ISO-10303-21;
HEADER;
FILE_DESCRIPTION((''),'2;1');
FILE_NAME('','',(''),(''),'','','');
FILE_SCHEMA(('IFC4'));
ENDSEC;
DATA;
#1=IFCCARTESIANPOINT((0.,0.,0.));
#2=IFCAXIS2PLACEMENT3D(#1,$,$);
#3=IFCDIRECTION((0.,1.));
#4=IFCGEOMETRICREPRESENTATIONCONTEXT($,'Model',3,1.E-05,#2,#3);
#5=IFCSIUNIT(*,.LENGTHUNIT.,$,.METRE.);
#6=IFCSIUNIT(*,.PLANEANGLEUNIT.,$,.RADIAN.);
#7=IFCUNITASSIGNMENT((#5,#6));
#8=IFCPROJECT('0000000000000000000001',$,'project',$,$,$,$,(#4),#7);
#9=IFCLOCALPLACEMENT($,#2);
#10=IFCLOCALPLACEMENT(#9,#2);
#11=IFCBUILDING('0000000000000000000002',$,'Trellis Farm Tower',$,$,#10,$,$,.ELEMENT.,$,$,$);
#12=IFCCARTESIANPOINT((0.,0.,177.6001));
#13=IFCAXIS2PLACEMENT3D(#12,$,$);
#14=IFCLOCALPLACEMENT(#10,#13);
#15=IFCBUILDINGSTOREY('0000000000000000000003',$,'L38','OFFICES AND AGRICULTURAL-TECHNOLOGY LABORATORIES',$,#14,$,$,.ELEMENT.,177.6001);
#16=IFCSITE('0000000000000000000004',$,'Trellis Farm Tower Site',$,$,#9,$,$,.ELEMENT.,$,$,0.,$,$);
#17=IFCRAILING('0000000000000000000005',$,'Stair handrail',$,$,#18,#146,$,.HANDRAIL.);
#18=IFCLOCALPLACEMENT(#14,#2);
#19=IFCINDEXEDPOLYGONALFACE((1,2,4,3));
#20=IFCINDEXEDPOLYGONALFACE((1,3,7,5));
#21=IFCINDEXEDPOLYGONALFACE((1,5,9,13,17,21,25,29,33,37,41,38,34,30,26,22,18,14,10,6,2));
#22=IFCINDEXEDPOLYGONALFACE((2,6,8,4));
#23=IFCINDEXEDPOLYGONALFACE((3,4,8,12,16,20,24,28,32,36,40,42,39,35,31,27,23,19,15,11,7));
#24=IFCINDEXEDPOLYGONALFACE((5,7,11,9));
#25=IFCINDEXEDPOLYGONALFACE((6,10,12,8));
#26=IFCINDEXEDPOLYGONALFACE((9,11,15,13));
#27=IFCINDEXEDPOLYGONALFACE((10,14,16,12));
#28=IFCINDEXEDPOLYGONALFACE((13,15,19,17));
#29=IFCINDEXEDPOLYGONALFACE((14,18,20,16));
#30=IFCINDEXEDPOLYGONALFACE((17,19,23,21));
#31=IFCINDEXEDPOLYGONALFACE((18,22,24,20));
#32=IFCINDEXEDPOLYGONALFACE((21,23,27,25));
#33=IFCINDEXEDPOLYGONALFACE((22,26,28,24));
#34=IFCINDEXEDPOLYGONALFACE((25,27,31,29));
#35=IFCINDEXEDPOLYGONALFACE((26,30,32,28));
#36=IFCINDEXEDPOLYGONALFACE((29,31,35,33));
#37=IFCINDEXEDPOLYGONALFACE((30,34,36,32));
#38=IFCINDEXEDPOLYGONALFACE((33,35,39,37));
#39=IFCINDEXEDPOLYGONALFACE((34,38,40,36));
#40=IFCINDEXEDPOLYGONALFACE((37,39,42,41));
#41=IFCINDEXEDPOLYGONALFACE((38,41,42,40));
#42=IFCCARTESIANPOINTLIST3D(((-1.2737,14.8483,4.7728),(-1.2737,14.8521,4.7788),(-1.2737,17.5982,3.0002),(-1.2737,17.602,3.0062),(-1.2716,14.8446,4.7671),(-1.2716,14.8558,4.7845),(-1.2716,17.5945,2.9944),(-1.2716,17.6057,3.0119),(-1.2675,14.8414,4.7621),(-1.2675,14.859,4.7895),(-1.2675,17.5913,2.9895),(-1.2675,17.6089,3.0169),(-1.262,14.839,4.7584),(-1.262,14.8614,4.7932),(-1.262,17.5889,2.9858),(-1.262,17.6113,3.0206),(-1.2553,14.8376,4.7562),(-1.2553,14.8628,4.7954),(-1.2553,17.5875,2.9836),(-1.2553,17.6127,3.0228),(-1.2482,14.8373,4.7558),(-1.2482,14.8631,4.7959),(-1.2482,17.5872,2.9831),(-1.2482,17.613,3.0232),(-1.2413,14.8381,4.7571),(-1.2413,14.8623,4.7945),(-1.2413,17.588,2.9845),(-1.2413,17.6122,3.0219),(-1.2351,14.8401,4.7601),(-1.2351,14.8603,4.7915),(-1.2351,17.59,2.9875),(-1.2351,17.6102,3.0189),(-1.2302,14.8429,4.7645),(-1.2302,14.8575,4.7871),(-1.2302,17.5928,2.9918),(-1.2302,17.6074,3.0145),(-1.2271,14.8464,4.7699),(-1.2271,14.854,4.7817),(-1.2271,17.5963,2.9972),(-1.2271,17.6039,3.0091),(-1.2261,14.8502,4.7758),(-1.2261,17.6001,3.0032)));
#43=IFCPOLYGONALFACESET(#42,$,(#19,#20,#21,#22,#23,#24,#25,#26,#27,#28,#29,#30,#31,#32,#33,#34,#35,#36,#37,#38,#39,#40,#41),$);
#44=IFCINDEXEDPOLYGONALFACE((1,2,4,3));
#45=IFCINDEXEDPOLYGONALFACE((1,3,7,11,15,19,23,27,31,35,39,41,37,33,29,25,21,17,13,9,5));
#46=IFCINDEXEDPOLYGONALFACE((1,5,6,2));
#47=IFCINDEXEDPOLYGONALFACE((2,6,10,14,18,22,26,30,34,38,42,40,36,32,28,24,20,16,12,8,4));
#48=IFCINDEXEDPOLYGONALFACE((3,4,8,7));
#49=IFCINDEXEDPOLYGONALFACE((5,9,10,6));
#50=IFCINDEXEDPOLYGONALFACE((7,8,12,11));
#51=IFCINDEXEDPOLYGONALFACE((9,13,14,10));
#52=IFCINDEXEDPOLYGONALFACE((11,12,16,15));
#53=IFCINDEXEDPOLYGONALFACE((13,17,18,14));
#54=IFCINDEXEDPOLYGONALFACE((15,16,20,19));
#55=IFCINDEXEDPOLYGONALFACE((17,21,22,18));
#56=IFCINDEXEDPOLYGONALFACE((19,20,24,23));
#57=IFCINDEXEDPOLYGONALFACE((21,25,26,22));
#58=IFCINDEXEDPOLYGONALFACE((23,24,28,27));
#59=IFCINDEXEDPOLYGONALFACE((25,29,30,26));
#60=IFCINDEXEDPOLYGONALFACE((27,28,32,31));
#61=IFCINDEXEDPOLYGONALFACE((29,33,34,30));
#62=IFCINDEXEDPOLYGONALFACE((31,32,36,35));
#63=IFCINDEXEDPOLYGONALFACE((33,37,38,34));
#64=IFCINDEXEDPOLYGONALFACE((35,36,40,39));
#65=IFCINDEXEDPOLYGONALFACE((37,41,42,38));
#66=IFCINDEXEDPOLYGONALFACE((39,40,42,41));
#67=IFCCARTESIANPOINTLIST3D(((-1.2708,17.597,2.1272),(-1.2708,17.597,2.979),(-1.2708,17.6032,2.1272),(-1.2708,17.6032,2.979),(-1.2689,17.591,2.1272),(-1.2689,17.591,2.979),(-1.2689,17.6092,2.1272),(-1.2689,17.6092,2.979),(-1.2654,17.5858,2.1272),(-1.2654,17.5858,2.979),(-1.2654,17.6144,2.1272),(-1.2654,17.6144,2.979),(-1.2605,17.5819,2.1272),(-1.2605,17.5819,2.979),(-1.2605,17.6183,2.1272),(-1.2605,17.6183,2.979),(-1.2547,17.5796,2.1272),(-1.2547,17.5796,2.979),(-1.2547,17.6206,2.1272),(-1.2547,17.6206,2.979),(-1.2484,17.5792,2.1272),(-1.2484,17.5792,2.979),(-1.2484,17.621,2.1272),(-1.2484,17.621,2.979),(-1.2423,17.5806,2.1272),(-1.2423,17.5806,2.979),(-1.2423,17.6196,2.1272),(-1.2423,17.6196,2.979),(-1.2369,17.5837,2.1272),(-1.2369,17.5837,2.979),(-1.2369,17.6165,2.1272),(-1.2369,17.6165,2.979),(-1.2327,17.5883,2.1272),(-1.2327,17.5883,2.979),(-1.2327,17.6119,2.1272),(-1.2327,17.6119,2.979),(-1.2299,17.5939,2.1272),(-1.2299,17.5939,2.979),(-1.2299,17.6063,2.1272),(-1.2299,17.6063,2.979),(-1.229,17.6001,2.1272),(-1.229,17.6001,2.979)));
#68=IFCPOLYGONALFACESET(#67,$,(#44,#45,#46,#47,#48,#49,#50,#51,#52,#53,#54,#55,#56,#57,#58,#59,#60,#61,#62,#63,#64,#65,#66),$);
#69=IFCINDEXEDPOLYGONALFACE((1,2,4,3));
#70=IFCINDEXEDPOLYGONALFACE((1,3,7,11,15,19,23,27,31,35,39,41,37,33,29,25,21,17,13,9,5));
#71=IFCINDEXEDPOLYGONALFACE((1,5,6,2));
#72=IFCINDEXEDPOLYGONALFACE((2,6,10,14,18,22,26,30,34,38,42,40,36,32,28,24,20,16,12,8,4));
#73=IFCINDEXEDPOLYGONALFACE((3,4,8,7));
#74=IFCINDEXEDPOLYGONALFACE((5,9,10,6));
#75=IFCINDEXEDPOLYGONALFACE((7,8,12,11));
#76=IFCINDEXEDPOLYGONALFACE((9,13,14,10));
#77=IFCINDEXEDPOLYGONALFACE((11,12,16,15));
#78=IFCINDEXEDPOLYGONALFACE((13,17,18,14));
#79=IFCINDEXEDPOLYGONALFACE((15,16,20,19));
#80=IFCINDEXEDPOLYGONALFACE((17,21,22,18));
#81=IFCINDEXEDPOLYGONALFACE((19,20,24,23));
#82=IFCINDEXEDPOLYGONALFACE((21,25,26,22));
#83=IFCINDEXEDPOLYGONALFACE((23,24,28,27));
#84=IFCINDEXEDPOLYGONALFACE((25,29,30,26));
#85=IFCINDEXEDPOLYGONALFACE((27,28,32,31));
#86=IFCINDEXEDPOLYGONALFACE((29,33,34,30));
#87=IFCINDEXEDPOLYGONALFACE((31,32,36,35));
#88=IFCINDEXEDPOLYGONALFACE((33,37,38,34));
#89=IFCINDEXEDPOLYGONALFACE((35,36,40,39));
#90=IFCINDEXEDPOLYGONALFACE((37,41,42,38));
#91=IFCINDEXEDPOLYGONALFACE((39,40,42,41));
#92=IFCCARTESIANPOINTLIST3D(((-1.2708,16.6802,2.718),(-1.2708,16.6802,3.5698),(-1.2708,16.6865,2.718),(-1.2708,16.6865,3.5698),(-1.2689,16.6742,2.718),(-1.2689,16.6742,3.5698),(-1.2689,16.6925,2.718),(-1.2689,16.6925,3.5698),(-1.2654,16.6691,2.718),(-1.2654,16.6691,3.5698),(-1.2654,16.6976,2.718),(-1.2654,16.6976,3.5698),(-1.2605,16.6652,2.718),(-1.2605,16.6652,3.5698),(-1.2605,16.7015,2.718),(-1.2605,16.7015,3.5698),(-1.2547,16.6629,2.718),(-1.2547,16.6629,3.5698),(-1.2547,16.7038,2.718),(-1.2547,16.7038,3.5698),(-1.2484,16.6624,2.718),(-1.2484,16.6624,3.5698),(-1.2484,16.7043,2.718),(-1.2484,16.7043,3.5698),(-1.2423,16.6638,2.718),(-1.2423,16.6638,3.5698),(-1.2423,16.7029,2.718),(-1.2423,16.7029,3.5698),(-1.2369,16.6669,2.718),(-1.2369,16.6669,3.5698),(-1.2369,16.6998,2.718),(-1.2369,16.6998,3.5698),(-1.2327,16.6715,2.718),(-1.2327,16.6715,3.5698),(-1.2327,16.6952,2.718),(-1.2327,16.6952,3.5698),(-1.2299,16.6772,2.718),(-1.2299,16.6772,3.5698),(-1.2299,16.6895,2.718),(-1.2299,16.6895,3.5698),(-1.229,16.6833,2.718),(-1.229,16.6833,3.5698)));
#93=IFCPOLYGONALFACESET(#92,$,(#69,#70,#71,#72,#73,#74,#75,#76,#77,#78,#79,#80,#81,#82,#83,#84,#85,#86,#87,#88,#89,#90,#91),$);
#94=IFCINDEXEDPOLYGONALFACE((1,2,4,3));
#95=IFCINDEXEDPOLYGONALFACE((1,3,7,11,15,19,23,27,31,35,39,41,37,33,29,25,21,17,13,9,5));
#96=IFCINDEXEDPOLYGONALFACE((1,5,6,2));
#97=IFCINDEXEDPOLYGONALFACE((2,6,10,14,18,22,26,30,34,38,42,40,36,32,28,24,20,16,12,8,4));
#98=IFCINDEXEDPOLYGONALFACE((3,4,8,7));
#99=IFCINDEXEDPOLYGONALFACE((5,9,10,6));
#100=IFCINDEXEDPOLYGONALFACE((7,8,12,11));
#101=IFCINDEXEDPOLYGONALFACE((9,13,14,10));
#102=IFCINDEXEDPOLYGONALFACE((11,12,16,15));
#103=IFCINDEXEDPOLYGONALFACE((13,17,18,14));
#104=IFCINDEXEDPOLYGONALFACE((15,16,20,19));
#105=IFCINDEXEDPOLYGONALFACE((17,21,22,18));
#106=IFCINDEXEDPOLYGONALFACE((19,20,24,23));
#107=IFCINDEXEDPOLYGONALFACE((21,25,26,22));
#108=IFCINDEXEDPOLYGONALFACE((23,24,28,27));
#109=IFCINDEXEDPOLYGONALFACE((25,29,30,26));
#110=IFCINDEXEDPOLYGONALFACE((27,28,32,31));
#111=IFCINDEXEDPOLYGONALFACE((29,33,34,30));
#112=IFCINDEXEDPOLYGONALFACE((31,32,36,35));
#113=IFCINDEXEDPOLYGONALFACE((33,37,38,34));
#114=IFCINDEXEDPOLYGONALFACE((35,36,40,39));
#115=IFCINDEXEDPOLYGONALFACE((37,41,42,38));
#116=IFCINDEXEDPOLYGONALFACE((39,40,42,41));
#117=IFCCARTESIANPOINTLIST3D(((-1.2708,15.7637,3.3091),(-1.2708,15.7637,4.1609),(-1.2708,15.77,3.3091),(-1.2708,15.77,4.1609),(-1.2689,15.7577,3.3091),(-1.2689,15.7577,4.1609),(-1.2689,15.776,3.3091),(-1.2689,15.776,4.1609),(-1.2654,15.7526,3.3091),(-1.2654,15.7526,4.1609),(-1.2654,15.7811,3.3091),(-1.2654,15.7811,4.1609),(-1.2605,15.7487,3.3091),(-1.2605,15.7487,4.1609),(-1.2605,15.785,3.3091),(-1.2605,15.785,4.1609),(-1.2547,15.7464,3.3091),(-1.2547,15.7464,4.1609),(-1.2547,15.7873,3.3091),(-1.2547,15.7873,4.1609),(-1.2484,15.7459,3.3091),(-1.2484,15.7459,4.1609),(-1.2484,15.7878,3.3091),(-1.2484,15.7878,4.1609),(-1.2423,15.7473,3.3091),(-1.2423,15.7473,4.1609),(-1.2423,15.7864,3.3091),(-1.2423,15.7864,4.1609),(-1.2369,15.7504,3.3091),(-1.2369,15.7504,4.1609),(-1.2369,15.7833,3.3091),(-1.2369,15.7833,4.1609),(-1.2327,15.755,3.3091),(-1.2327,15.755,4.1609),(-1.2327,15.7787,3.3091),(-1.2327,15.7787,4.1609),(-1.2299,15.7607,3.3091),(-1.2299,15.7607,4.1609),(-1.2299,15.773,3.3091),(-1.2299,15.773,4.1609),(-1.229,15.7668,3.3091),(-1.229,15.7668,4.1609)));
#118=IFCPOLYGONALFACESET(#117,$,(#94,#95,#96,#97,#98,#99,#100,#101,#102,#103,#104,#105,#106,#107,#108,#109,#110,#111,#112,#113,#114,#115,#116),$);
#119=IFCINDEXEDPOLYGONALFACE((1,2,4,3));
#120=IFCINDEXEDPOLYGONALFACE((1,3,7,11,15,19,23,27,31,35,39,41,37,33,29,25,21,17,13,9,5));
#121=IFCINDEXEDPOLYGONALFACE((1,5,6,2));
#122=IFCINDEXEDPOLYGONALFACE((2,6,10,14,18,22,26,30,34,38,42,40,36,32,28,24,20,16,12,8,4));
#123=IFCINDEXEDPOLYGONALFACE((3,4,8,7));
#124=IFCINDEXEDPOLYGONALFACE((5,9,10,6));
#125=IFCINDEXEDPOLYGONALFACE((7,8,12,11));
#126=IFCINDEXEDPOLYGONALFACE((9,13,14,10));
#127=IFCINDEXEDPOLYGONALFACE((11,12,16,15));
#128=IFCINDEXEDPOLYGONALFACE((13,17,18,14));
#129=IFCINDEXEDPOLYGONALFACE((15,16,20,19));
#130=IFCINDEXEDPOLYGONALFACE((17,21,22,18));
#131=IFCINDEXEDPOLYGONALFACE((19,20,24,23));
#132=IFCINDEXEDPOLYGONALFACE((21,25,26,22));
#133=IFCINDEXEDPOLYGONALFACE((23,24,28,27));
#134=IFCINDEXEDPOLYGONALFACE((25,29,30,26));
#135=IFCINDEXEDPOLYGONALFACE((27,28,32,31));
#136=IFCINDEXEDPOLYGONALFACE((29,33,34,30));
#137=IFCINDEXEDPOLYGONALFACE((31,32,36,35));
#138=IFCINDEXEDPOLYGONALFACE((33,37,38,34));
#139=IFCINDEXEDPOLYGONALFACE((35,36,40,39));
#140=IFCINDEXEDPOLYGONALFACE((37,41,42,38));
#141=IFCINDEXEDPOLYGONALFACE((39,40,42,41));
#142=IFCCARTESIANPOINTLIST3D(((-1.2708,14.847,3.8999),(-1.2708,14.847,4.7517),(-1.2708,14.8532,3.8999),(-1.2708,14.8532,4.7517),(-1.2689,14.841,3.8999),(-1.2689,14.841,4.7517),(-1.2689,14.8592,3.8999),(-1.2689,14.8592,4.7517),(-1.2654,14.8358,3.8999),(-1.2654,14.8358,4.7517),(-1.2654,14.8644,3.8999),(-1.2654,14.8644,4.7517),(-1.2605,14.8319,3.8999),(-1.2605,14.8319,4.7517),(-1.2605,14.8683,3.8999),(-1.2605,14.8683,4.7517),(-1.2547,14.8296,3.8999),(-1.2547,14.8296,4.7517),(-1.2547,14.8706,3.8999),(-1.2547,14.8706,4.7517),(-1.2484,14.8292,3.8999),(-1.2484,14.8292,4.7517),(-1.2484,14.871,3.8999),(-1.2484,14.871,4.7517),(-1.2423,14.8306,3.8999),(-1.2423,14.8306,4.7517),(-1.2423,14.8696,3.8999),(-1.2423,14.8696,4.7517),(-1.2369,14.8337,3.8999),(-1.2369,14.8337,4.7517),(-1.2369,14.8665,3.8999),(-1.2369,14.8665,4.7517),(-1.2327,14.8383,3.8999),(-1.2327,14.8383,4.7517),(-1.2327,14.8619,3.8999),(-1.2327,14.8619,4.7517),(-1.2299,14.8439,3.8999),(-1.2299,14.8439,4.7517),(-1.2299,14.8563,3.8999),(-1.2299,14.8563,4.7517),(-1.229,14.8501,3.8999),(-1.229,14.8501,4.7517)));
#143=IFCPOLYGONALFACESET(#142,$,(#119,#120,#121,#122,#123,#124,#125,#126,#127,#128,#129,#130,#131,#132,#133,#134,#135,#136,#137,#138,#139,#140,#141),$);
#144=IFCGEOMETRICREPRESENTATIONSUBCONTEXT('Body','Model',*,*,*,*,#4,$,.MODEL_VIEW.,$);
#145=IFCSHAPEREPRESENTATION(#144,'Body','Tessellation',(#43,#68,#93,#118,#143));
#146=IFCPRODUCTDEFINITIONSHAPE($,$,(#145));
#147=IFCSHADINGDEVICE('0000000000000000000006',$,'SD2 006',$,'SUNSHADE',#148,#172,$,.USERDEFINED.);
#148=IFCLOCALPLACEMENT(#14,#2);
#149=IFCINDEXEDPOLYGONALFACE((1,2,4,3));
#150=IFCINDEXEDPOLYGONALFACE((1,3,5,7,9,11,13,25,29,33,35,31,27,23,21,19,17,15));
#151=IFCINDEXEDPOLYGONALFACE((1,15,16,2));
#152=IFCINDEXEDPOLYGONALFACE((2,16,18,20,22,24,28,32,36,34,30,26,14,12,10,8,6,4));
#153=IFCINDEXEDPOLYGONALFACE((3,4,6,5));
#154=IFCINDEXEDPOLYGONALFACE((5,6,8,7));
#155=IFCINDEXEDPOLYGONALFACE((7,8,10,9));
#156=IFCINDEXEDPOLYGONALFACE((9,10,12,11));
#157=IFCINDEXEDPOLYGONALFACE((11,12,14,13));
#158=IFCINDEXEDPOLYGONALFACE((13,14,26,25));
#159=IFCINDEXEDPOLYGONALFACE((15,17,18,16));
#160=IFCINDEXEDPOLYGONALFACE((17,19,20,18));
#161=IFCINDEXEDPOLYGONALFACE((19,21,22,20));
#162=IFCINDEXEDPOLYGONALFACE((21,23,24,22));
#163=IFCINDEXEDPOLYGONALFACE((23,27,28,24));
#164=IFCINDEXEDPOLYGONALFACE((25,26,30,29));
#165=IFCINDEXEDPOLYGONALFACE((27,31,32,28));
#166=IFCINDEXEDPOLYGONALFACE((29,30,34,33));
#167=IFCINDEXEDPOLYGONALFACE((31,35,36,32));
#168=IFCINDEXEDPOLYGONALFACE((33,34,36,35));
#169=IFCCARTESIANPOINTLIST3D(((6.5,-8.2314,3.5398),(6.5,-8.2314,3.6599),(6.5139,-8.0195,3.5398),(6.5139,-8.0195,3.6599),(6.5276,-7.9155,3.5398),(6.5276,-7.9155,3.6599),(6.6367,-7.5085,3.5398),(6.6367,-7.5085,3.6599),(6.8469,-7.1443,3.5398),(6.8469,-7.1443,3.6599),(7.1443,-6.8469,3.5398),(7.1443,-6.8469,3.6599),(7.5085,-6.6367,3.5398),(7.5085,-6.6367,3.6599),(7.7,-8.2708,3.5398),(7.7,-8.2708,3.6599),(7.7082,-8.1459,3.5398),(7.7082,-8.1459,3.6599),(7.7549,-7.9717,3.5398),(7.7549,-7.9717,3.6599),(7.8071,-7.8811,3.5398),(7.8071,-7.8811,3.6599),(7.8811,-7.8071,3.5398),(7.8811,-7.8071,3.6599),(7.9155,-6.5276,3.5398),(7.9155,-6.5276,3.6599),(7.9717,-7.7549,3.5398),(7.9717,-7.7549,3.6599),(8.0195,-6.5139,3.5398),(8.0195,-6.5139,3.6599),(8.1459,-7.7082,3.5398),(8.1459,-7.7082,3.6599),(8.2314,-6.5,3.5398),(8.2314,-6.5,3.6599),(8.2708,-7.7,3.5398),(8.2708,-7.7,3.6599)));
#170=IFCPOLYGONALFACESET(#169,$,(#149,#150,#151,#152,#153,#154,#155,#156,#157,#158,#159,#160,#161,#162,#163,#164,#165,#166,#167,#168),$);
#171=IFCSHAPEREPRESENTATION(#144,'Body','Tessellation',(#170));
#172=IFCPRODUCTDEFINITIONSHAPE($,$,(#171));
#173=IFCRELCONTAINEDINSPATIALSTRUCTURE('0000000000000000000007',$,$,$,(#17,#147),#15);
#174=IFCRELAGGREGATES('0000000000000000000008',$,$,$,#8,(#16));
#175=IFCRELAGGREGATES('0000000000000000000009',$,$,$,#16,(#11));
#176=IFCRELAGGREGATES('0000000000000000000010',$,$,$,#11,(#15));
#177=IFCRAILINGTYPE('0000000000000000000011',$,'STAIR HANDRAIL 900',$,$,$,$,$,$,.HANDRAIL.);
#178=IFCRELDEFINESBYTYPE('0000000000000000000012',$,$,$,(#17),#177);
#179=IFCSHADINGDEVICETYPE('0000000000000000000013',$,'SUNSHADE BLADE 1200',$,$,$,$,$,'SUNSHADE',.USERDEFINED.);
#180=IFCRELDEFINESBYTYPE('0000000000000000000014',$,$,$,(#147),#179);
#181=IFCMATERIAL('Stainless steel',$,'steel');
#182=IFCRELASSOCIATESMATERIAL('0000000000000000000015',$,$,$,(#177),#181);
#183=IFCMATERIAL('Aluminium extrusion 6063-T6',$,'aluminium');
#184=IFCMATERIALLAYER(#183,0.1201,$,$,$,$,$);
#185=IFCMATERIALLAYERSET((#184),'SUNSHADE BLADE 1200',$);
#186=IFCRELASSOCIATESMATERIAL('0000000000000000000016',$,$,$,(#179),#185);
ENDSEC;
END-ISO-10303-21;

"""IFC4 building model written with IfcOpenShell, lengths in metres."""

from ifc_helpers import new_model, si_unit, direction, frame, origin, origin_2d, place, context, subcontext, project, spatial, polyline, circle, outline, extrude, source, transform, mapped, material, layer, layer_set, type_object, element, save


model = new_model("IFC4")

# Units and contexts
model_context = context("Model", 3, precision=1e-05, world=origin(), true_north=direction((0.0, 1.0)))
body_context = subcontext(model_context, "Body", "Model", "MODEL_VIEW")
ifc_project = project(units=[si_unit("LENGTHUNIT", "METRE"), si_unit("PLANEANGLEUNIT", "RADIAN")], contexts=[model_context])

# Site, building, storey
site_placement = place(None, origin())
site = spatial("IfcSite", under=ifc_project, at=site_placement, Name="Trellis Farm Tower Site", CompositionType="ELEMENT", RefElevation=0.0)
building_placement = place(site_placement, origin())
building = spatial("IfcBuilding", under=site, at=building_placement, Name="Trellis Farm Tower", CompositionType="ELEMENT")
storey_placement = place(building_placement, frame((0.0, 0.0, 177.6001)))
storey = spatial("IfcBuildingStorey", under=building, at=storey_placement, Name="L38", Description="OFFICES AND AGRICULTURAL-TECHNOLOGY LABORATORIES", CompositionType="ELEMENT", Elevation=177.6001)

# Railing
ifc_material_1 = material(Name="Stainless steel", Category="steel")
railing_type = type_object("IfcRailingType", Name="STAIR HANDRAIL 900", PredefinedType="HANDRAIL", material=ifc_material_1)
shared_shape_1 = source(origin(), body_context, "Body", "SweptSolid", [
    extrude(circle(Radius=0.0239, at=origin_2d()), frame((0.0, 0.0, 0.876), z_axis=(0.0, -0.840504, 0.541806), x_axis=(1.0, 0.0, 0.0)), (0.0, 0.0, 1.0), 3.2717),
    extrude(circle(Radius=0.021, at=origin_2d()), origin(), (0.0, 0.0, 1.0), 0.8518),
    extrude(circle(Radius=0.021, at=origin_2d()), frame((0.0, -0.9167, 0.5908)), (0.0, 0.0, 1.0), 0.8518),
    extrude(circle(Radius=0.021, at=origin_2d()), frame((0.0, -1.8333, 1.1819)), (0.0, 0.0, 1.0), 0.8518),
    extrude(circle(Radius=0.021, at=origin_2d()), frame((0.0, -2.75, 1.7727)), (0.0, 0.0, 1.0), 0.8518),
])
railing_placement = place(storey_placement, frame((-1.25, 17.6001, 2.1272)))
element("IfcRailing", 1, at=railing_placement, inside=storey, type_object=railing_type, Name="Stair handrail", PredefinedType="HANDRAIL", context=body_context, shape_type="MappedRepresentation", body=[
    mapped(shared_shape_1, transform((0.0, 0.0, 0.0))),
])

# Shading device
ifc_material_2 = material(Name="Aluminium extrusion 6063-T6", Category="aluminium")
ifc_layer_1 = layer(ifc_material_2, 0.1201)
ifc_layer_set_1 = layer_set([ifc_layer_1], Name="SUNSHADE BLADE 1200")
shading_device_type = type_object("IfcShadingDeviceType", Name="SUNSHADE BLADE 1200", ElementType="SUNSHADE", PredefinedType="USERDEFINED", material=ifc_layer_set_1)
shared_shape_2 = source(origin(), body_context, "Body", "SweptSolid", [
    extrude(outline(polyline([(7.7, -8.2708), (7.7087, -8.1372), (7.707, -8.1501), (7.7549, -7.9717), (7.8071, -7.8811), (7.8811, -7.8071), (7.9717, -7.7549), (8.1501, -7.707), (8.1372, -7.7087), (8.2708, -7.7), (8.2314, -6.5), (8.0195, -6.5139), (7.9155, -6.5276), (7.5085, -6.6367), (7.1443, -6.8469), (6.8469, -7.1443), (6.6367, -7.5085), (6.5276, -7.9155), (6.5139, -8.0195), (6.5, -8.2314), (7.7, -8.2708)])), origin(), (0.0, 0.0, 1.0), 0.1201),
])
shading_device_placement = place(storey_placement, frame((0.0, 0.0, 3.5398)))
element("IfcShadingDevice", 2, at=shading_device_placement, inside=storey, type_object=shading_device_type, Name="SD2 006", ObjectType="SUNSHADE", PredefinedType="USERDEFINED", context=body_context, shape_type="MappedRepresentation", body=[
    mapped(shared_shape_2, transform((0.0, 0.0, 0.0))),
])

save(model, "model.ifc")
